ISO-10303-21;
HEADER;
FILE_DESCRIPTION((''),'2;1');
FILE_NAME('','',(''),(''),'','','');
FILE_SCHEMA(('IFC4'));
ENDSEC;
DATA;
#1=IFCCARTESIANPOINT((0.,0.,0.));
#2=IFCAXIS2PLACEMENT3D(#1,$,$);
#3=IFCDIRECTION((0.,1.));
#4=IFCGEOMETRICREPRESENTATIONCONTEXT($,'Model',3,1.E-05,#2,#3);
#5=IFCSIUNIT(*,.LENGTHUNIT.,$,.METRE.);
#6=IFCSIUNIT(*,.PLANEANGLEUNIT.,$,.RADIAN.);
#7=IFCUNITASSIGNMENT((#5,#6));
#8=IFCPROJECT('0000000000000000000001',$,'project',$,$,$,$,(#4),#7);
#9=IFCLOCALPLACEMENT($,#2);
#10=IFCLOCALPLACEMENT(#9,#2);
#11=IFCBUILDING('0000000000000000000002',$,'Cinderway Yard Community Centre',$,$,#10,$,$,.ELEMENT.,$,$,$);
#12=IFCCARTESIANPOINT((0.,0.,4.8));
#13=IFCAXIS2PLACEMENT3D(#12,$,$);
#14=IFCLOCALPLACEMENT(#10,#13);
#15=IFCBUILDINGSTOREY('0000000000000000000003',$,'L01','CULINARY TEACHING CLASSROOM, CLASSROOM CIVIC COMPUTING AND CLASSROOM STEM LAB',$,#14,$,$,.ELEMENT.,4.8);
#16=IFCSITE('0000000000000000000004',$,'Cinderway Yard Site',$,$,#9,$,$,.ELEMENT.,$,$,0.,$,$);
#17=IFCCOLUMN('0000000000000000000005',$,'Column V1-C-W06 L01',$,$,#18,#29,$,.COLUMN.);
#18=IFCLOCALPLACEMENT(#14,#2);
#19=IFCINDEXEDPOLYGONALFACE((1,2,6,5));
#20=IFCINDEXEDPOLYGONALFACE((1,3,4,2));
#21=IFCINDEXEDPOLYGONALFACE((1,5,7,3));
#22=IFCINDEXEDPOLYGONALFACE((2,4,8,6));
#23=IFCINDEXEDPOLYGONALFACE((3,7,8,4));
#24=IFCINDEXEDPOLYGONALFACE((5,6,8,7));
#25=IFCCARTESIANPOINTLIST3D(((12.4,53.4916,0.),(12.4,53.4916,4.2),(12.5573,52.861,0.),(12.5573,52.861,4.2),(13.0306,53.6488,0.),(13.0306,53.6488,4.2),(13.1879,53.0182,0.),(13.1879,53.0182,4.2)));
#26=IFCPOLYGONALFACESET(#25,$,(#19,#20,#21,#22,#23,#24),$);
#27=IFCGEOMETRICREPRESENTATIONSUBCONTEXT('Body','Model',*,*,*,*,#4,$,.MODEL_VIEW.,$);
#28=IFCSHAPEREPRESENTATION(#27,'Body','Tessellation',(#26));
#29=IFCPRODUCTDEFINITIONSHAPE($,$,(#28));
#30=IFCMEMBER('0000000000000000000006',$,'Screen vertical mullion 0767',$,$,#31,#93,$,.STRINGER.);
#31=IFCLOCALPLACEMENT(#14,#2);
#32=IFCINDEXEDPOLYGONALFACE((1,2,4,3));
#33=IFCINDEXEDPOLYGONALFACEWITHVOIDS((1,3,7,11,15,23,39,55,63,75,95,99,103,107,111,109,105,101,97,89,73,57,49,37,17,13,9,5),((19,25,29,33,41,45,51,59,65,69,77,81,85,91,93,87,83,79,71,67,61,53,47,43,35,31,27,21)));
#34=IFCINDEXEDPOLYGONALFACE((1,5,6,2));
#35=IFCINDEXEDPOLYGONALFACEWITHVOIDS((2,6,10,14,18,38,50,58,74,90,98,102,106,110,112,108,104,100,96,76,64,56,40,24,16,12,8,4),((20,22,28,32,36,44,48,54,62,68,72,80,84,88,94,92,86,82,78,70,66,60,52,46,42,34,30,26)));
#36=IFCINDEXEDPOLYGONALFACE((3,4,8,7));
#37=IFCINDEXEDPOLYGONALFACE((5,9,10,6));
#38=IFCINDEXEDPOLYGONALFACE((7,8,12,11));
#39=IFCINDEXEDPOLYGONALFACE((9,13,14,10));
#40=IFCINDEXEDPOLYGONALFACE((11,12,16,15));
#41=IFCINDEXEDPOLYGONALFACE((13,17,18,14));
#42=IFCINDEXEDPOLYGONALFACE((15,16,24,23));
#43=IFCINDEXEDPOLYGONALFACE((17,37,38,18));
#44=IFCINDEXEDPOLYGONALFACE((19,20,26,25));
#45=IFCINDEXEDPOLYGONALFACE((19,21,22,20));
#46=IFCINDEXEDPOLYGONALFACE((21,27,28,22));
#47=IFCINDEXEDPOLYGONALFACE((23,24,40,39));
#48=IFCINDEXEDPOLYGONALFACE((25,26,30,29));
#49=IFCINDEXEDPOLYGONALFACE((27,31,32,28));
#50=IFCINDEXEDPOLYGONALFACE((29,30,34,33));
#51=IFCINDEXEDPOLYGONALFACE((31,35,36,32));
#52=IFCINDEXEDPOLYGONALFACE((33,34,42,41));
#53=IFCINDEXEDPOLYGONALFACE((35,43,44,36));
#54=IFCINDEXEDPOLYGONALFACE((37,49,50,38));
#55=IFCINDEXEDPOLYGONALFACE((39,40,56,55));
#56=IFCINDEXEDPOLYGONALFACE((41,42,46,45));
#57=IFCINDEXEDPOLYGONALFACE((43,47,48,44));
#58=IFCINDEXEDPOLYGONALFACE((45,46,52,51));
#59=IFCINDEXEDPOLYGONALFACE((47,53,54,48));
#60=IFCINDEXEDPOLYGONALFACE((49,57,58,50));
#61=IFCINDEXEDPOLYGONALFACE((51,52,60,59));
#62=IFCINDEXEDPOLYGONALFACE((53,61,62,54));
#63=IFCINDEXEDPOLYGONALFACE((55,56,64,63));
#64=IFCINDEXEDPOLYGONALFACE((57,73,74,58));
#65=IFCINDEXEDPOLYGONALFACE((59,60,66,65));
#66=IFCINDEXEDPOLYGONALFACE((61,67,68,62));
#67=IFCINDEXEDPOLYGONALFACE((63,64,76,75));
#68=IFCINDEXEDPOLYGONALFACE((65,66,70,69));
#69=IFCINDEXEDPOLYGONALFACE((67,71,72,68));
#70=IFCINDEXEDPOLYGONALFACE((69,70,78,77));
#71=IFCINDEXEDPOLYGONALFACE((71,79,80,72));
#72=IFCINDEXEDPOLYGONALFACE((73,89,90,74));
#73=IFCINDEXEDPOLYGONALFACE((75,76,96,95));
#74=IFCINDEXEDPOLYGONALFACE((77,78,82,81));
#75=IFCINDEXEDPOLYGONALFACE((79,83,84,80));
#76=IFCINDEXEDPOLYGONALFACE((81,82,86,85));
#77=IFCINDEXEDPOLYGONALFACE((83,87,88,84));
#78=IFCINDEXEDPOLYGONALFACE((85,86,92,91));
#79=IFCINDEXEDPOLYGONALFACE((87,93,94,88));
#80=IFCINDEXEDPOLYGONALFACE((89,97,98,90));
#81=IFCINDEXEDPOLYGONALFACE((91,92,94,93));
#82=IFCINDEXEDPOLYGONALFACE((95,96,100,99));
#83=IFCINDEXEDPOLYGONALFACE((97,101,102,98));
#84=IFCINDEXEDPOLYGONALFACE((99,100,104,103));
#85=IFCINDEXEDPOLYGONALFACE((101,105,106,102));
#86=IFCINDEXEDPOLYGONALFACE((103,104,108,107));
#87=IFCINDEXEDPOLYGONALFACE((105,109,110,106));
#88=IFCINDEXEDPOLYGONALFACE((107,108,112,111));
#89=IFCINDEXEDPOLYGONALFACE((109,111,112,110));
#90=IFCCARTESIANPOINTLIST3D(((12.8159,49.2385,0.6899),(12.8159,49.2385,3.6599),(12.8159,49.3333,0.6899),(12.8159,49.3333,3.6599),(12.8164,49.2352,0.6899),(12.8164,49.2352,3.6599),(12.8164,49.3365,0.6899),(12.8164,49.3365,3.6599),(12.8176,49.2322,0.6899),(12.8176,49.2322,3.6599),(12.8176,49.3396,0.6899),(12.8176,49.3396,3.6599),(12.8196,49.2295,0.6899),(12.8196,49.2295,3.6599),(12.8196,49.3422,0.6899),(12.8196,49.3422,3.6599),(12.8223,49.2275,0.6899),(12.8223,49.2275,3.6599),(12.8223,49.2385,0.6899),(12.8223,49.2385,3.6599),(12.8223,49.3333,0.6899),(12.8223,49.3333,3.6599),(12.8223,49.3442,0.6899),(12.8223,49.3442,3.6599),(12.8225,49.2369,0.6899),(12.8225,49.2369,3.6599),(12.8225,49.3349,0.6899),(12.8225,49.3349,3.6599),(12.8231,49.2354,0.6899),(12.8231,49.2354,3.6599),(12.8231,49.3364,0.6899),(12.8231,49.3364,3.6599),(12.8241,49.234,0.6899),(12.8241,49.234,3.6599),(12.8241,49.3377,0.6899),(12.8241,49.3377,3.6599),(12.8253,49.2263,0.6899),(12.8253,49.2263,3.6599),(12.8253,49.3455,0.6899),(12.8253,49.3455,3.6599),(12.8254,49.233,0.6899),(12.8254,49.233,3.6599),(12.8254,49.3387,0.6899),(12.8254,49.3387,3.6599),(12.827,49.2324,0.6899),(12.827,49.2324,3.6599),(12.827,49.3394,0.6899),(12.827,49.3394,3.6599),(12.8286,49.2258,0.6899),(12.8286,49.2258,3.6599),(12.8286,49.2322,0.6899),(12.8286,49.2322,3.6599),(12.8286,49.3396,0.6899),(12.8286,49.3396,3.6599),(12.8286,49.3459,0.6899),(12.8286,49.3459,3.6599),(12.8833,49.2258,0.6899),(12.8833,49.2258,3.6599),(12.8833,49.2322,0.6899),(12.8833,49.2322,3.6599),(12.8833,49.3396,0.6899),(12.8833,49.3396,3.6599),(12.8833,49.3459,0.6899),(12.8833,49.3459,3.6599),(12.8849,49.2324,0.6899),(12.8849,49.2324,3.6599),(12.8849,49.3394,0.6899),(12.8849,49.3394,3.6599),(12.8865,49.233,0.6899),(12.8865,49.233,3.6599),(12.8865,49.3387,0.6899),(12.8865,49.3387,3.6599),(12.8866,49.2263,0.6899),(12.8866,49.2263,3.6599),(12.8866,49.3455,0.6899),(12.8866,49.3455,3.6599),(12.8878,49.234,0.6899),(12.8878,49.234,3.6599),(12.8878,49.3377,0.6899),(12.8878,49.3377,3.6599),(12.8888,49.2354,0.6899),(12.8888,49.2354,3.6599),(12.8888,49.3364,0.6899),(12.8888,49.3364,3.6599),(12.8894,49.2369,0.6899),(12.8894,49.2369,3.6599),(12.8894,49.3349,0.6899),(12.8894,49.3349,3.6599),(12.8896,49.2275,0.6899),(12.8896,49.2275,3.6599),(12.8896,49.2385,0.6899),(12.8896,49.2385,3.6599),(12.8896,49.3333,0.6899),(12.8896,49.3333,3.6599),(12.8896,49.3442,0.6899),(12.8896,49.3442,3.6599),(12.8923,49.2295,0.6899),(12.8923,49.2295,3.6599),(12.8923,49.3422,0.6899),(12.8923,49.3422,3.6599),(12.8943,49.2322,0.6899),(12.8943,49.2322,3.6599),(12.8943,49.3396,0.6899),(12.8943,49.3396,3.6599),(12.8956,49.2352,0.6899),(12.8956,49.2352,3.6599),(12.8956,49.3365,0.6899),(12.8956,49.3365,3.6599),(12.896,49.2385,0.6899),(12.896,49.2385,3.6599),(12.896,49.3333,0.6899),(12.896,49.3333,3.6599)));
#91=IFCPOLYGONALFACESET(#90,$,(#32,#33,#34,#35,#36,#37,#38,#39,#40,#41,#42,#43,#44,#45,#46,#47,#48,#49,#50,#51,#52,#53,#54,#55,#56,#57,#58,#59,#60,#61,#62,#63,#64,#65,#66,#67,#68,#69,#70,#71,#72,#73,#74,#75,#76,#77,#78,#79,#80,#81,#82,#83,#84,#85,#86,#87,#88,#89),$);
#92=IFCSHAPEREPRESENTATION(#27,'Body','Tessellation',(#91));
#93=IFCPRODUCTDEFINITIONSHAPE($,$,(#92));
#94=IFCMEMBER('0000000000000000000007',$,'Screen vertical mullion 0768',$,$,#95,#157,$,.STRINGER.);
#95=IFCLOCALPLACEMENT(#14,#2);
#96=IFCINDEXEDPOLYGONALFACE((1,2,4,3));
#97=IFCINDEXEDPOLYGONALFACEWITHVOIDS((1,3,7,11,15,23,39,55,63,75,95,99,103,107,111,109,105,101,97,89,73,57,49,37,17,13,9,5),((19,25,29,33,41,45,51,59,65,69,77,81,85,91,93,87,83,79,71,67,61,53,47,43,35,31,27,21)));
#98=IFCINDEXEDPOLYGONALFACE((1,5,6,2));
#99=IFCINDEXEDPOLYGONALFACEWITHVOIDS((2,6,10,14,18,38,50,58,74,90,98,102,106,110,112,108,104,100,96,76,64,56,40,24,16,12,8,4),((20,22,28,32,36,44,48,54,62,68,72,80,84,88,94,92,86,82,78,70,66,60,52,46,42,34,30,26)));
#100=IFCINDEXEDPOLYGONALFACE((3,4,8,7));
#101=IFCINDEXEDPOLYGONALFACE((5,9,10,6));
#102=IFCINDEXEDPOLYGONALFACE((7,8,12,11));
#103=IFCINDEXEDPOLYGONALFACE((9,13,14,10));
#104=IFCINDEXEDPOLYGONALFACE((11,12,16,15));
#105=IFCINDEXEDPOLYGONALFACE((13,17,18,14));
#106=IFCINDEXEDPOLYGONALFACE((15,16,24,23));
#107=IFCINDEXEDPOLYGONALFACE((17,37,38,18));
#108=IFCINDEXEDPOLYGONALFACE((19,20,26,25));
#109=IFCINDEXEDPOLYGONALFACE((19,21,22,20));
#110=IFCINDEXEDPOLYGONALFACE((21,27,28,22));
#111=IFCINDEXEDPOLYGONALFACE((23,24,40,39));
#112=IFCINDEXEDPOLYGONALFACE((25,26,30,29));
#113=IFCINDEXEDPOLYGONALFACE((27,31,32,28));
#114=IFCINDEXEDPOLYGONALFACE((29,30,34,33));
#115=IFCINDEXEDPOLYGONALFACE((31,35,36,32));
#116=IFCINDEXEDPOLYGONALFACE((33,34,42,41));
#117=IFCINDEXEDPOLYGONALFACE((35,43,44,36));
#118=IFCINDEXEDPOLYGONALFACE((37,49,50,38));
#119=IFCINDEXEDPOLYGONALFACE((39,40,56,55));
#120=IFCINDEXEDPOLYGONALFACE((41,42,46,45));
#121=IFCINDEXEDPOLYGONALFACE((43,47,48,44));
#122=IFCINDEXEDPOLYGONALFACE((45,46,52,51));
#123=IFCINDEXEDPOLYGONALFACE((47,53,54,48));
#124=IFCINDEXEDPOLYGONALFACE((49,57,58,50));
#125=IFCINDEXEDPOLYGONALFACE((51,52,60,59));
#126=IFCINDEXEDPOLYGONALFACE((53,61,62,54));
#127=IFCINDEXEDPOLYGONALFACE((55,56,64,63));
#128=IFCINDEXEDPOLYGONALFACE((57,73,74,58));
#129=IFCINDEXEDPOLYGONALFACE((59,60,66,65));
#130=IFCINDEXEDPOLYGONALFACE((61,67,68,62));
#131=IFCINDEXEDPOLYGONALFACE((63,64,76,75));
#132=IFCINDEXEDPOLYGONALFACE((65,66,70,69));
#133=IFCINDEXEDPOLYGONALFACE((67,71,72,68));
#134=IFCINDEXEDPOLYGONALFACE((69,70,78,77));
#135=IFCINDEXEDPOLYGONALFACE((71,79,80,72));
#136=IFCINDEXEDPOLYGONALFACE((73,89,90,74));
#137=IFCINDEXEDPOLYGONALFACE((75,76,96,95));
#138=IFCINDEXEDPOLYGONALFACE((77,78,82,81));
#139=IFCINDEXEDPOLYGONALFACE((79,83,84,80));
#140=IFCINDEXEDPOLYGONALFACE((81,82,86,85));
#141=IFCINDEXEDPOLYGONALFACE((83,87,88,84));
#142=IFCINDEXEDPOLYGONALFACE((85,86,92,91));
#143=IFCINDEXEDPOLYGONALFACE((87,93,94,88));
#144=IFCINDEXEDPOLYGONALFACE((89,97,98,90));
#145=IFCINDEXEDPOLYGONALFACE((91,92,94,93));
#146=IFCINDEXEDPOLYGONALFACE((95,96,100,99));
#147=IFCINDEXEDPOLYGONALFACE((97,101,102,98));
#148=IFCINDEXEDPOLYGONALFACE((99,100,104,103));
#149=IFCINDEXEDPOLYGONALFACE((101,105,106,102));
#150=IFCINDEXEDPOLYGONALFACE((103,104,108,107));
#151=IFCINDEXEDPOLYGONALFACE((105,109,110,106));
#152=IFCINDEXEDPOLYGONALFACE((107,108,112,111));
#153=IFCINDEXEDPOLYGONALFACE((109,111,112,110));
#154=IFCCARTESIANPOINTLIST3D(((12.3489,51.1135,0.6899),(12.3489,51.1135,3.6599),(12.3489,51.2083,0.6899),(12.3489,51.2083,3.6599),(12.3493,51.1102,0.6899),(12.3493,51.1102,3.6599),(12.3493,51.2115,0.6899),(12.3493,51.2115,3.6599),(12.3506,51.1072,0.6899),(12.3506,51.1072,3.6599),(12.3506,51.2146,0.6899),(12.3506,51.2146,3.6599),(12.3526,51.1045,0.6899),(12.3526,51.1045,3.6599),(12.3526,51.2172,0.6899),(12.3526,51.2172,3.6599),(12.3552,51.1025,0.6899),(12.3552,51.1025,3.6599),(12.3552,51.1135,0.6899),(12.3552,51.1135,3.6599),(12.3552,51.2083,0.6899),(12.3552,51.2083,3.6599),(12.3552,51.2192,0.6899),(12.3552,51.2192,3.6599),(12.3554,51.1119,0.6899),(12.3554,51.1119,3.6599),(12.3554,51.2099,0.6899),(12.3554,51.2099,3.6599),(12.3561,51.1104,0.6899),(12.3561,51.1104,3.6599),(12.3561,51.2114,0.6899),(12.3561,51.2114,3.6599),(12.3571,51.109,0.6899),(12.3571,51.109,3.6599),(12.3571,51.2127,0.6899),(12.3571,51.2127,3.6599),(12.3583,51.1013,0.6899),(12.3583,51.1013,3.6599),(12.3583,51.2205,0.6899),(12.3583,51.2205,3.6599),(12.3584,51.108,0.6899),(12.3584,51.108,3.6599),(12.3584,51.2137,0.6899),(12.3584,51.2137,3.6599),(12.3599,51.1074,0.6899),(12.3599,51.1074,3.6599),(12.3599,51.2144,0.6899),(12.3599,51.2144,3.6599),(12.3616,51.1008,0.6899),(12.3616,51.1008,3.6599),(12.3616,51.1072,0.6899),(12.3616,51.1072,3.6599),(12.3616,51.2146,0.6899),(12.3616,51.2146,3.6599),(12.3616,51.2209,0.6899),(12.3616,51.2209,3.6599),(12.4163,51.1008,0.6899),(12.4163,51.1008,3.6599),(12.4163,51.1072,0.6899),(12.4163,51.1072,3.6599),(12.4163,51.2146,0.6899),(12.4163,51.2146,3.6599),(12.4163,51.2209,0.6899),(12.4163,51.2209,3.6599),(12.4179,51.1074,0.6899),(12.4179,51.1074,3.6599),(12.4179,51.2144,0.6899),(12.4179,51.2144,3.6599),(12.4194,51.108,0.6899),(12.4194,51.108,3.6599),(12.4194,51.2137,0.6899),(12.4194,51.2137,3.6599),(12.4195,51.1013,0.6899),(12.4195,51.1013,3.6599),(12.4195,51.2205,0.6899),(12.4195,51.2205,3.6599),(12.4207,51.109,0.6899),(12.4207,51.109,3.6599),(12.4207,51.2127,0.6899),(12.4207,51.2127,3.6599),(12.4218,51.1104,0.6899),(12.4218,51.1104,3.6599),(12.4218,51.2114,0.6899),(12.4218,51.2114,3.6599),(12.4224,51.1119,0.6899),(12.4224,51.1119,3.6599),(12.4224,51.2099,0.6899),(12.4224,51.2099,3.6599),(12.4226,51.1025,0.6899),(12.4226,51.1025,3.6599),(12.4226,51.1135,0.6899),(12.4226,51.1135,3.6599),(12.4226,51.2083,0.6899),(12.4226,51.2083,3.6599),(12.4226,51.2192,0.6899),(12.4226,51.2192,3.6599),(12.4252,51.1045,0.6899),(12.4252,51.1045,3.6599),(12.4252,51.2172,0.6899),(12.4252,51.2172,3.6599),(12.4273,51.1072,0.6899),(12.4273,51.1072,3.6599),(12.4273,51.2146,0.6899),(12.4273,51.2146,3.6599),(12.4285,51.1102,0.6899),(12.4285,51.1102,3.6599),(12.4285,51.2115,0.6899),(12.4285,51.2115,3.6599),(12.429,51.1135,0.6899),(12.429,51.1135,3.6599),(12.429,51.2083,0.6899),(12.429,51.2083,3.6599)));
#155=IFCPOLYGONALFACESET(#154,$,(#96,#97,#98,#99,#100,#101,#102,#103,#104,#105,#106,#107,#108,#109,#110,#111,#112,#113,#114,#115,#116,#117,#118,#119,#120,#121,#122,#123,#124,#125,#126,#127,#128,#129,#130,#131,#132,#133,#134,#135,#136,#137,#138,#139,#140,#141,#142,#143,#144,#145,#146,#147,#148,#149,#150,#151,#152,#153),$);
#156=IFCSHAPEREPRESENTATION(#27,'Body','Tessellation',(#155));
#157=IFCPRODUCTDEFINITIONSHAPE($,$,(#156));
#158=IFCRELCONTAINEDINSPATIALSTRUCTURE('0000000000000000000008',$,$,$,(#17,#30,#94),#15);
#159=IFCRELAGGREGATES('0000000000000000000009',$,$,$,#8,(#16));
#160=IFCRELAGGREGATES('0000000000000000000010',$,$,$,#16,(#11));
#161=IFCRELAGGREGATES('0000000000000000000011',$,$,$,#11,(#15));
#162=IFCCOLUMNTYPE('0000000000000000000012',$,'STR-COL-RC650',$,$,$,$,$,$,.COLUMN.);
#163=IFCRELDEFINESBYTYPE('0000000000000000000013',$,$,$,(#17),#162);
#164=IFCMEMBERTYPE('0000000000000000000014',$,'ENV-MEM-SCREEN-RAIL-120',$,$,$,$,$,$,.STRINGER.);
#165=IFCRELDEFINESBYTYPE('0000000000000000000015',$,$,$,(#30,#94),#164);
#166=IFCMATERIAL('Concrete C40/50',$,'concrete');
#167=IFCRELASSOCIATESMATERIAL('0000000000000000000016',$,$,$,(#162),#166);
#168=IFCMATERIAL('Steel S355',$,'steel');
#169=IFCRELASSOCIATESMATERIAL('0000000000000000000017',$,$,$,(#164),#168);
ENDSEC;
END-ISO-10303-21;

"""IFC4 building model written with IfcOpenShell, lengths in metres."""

from ifc_helpers import new_model, si_unit, direction, frame, origin, origin_2d, place, context, subcontext, project, spatial, rectangle, hollow_rectangle, extrude, material, material_profile, profile_set, type_object, element, save


model = new_model("IFC4")

# Units and contexts
model_context = context("Model", 3, precision=1e-05, world=origin(), true_north=direction((0.0, 1.0)))
body_context = subcontext(model_context, "Body", "Model", "MODEL_VIEW")
ifc_project = project(units=[si_unit("LENGTHUNIT", "METRE"), si_unit("PLANEANGLEUNIT", "RADIAN")], contexts=[model_context])

# Site, building, storey
site_placement = place(None, origin())
site = spatial("IfcSite", under=ifc_project, at=site_placement, Name="Cinderway Yard Site", CompositionType="ELEMENT", RefElevation=0.0)
building_placement = place(site_placement, origin())
building = spatial("IfcBuilding", under=site, at=building_placement, Name="Cinderway Yard Community Centre", CompositionType="ELEMENT")
storey_placement = place(building_placement, frame((0.0, 0.0, 4.8)))
storey = spatial("IfcBuildingStorey", under=building, at=storey_placement, Name="L01", Description="CULINARY TEACHING CLASSROOM, CLASSROOM CIVIC COMPUTING AND CLASSROOM STEM LAB", CompositionType="ELEMENT", Elevation=4.8)

# Column
ifc_material_1 = material(Name="Concrete C40/50", Category="concrete")
ifc_material_profile_1 = material_profile(ifc_material_1, rectangle(XDim=0.6499, YDim=0.6499, at=origin_2d()), Name="Concrete C40/50")
ifc_profile_set_1 = profile_set([ifc_material_profile_1], Name="Concrete C40/50")
column_type = type_object("IfcColumnType", Name="STR-COL-RC650", PredefinedType="COLUMN", material=ifc_profile_set_1)
column_placement = place(storey_placement, frame((12.7939, 53.2549, 0.0), z_axis=(0.0, 0.0, 1.0), x_axis=(0.970296, 0.241922, 0.0)))
element("IfcColumn", 1, at=column_placement, inside=storey, type_object=column_type, Name="Column V1-C-W06 L01", PredefinedType="COLUMN", context=body_context, shape_type="SweptSolid", body=[
    extrude(rectangle(XDim=0.6499, YDim=0.6499, at=origin_2d()), origin(), (0.0, 0.0, 1.0), 4.2),
])

# Members
ifc_material_2 = material(Name="Steel S355", Category="steel")
ifc_material_profile_2 = material_profile(ifc_material_2, hollow_rectangle(XDim=0.0801, YDim=0.1201, WallThickness=0.0063, InnerFilletRadius=0.0063, OuterFilletRadius=0.0127, at=origin_2d()), Name="Steel S355")
ifc_profile_set_2 = profile_set([ifc_material_profile_2], Name="Steel S355")
member_type_1 = type_object("IfcMemberType", Name="ENV-MEM-SCREEN-RAIL-120", PredefinedType="STRINGER", material=ifc_profile_set_2)
for number, where, z_axis, x_axis, name in (
    (2, (12.856, 49.2859, 0.6899), (0.0, 0.0, 1.0), (1.0, 0.0, 0.0), "Screen vertical mullion 0767"),
    (3, (12.3889, 51.1609, 0.6899), (0.0, 0.0, 1.0), (1.0, 0.0, 0.0), "Screen vertical mullion 0768"),
):
    element("IfcMember", number, at=place(storey_placement, frame(where, z_axis=z_axis, x_axis=x_axis)), inside=storey, type_object=member_type_1, Name=name, PredefinedType="STRINGER", context=body_context, shape_type="SweptSolid", body=[
        extrude(hollow_rectangle(XDim=0.0801, YDim=0.1201, WallThickness=0.0063, InnerFilletRadius=0.0063, OuterFilletRadius=0.0127, at=origin_2d()), origin(), (0.0, 0.0, 1.0), 2.97),
    ])

save(model, "model.ifc")
